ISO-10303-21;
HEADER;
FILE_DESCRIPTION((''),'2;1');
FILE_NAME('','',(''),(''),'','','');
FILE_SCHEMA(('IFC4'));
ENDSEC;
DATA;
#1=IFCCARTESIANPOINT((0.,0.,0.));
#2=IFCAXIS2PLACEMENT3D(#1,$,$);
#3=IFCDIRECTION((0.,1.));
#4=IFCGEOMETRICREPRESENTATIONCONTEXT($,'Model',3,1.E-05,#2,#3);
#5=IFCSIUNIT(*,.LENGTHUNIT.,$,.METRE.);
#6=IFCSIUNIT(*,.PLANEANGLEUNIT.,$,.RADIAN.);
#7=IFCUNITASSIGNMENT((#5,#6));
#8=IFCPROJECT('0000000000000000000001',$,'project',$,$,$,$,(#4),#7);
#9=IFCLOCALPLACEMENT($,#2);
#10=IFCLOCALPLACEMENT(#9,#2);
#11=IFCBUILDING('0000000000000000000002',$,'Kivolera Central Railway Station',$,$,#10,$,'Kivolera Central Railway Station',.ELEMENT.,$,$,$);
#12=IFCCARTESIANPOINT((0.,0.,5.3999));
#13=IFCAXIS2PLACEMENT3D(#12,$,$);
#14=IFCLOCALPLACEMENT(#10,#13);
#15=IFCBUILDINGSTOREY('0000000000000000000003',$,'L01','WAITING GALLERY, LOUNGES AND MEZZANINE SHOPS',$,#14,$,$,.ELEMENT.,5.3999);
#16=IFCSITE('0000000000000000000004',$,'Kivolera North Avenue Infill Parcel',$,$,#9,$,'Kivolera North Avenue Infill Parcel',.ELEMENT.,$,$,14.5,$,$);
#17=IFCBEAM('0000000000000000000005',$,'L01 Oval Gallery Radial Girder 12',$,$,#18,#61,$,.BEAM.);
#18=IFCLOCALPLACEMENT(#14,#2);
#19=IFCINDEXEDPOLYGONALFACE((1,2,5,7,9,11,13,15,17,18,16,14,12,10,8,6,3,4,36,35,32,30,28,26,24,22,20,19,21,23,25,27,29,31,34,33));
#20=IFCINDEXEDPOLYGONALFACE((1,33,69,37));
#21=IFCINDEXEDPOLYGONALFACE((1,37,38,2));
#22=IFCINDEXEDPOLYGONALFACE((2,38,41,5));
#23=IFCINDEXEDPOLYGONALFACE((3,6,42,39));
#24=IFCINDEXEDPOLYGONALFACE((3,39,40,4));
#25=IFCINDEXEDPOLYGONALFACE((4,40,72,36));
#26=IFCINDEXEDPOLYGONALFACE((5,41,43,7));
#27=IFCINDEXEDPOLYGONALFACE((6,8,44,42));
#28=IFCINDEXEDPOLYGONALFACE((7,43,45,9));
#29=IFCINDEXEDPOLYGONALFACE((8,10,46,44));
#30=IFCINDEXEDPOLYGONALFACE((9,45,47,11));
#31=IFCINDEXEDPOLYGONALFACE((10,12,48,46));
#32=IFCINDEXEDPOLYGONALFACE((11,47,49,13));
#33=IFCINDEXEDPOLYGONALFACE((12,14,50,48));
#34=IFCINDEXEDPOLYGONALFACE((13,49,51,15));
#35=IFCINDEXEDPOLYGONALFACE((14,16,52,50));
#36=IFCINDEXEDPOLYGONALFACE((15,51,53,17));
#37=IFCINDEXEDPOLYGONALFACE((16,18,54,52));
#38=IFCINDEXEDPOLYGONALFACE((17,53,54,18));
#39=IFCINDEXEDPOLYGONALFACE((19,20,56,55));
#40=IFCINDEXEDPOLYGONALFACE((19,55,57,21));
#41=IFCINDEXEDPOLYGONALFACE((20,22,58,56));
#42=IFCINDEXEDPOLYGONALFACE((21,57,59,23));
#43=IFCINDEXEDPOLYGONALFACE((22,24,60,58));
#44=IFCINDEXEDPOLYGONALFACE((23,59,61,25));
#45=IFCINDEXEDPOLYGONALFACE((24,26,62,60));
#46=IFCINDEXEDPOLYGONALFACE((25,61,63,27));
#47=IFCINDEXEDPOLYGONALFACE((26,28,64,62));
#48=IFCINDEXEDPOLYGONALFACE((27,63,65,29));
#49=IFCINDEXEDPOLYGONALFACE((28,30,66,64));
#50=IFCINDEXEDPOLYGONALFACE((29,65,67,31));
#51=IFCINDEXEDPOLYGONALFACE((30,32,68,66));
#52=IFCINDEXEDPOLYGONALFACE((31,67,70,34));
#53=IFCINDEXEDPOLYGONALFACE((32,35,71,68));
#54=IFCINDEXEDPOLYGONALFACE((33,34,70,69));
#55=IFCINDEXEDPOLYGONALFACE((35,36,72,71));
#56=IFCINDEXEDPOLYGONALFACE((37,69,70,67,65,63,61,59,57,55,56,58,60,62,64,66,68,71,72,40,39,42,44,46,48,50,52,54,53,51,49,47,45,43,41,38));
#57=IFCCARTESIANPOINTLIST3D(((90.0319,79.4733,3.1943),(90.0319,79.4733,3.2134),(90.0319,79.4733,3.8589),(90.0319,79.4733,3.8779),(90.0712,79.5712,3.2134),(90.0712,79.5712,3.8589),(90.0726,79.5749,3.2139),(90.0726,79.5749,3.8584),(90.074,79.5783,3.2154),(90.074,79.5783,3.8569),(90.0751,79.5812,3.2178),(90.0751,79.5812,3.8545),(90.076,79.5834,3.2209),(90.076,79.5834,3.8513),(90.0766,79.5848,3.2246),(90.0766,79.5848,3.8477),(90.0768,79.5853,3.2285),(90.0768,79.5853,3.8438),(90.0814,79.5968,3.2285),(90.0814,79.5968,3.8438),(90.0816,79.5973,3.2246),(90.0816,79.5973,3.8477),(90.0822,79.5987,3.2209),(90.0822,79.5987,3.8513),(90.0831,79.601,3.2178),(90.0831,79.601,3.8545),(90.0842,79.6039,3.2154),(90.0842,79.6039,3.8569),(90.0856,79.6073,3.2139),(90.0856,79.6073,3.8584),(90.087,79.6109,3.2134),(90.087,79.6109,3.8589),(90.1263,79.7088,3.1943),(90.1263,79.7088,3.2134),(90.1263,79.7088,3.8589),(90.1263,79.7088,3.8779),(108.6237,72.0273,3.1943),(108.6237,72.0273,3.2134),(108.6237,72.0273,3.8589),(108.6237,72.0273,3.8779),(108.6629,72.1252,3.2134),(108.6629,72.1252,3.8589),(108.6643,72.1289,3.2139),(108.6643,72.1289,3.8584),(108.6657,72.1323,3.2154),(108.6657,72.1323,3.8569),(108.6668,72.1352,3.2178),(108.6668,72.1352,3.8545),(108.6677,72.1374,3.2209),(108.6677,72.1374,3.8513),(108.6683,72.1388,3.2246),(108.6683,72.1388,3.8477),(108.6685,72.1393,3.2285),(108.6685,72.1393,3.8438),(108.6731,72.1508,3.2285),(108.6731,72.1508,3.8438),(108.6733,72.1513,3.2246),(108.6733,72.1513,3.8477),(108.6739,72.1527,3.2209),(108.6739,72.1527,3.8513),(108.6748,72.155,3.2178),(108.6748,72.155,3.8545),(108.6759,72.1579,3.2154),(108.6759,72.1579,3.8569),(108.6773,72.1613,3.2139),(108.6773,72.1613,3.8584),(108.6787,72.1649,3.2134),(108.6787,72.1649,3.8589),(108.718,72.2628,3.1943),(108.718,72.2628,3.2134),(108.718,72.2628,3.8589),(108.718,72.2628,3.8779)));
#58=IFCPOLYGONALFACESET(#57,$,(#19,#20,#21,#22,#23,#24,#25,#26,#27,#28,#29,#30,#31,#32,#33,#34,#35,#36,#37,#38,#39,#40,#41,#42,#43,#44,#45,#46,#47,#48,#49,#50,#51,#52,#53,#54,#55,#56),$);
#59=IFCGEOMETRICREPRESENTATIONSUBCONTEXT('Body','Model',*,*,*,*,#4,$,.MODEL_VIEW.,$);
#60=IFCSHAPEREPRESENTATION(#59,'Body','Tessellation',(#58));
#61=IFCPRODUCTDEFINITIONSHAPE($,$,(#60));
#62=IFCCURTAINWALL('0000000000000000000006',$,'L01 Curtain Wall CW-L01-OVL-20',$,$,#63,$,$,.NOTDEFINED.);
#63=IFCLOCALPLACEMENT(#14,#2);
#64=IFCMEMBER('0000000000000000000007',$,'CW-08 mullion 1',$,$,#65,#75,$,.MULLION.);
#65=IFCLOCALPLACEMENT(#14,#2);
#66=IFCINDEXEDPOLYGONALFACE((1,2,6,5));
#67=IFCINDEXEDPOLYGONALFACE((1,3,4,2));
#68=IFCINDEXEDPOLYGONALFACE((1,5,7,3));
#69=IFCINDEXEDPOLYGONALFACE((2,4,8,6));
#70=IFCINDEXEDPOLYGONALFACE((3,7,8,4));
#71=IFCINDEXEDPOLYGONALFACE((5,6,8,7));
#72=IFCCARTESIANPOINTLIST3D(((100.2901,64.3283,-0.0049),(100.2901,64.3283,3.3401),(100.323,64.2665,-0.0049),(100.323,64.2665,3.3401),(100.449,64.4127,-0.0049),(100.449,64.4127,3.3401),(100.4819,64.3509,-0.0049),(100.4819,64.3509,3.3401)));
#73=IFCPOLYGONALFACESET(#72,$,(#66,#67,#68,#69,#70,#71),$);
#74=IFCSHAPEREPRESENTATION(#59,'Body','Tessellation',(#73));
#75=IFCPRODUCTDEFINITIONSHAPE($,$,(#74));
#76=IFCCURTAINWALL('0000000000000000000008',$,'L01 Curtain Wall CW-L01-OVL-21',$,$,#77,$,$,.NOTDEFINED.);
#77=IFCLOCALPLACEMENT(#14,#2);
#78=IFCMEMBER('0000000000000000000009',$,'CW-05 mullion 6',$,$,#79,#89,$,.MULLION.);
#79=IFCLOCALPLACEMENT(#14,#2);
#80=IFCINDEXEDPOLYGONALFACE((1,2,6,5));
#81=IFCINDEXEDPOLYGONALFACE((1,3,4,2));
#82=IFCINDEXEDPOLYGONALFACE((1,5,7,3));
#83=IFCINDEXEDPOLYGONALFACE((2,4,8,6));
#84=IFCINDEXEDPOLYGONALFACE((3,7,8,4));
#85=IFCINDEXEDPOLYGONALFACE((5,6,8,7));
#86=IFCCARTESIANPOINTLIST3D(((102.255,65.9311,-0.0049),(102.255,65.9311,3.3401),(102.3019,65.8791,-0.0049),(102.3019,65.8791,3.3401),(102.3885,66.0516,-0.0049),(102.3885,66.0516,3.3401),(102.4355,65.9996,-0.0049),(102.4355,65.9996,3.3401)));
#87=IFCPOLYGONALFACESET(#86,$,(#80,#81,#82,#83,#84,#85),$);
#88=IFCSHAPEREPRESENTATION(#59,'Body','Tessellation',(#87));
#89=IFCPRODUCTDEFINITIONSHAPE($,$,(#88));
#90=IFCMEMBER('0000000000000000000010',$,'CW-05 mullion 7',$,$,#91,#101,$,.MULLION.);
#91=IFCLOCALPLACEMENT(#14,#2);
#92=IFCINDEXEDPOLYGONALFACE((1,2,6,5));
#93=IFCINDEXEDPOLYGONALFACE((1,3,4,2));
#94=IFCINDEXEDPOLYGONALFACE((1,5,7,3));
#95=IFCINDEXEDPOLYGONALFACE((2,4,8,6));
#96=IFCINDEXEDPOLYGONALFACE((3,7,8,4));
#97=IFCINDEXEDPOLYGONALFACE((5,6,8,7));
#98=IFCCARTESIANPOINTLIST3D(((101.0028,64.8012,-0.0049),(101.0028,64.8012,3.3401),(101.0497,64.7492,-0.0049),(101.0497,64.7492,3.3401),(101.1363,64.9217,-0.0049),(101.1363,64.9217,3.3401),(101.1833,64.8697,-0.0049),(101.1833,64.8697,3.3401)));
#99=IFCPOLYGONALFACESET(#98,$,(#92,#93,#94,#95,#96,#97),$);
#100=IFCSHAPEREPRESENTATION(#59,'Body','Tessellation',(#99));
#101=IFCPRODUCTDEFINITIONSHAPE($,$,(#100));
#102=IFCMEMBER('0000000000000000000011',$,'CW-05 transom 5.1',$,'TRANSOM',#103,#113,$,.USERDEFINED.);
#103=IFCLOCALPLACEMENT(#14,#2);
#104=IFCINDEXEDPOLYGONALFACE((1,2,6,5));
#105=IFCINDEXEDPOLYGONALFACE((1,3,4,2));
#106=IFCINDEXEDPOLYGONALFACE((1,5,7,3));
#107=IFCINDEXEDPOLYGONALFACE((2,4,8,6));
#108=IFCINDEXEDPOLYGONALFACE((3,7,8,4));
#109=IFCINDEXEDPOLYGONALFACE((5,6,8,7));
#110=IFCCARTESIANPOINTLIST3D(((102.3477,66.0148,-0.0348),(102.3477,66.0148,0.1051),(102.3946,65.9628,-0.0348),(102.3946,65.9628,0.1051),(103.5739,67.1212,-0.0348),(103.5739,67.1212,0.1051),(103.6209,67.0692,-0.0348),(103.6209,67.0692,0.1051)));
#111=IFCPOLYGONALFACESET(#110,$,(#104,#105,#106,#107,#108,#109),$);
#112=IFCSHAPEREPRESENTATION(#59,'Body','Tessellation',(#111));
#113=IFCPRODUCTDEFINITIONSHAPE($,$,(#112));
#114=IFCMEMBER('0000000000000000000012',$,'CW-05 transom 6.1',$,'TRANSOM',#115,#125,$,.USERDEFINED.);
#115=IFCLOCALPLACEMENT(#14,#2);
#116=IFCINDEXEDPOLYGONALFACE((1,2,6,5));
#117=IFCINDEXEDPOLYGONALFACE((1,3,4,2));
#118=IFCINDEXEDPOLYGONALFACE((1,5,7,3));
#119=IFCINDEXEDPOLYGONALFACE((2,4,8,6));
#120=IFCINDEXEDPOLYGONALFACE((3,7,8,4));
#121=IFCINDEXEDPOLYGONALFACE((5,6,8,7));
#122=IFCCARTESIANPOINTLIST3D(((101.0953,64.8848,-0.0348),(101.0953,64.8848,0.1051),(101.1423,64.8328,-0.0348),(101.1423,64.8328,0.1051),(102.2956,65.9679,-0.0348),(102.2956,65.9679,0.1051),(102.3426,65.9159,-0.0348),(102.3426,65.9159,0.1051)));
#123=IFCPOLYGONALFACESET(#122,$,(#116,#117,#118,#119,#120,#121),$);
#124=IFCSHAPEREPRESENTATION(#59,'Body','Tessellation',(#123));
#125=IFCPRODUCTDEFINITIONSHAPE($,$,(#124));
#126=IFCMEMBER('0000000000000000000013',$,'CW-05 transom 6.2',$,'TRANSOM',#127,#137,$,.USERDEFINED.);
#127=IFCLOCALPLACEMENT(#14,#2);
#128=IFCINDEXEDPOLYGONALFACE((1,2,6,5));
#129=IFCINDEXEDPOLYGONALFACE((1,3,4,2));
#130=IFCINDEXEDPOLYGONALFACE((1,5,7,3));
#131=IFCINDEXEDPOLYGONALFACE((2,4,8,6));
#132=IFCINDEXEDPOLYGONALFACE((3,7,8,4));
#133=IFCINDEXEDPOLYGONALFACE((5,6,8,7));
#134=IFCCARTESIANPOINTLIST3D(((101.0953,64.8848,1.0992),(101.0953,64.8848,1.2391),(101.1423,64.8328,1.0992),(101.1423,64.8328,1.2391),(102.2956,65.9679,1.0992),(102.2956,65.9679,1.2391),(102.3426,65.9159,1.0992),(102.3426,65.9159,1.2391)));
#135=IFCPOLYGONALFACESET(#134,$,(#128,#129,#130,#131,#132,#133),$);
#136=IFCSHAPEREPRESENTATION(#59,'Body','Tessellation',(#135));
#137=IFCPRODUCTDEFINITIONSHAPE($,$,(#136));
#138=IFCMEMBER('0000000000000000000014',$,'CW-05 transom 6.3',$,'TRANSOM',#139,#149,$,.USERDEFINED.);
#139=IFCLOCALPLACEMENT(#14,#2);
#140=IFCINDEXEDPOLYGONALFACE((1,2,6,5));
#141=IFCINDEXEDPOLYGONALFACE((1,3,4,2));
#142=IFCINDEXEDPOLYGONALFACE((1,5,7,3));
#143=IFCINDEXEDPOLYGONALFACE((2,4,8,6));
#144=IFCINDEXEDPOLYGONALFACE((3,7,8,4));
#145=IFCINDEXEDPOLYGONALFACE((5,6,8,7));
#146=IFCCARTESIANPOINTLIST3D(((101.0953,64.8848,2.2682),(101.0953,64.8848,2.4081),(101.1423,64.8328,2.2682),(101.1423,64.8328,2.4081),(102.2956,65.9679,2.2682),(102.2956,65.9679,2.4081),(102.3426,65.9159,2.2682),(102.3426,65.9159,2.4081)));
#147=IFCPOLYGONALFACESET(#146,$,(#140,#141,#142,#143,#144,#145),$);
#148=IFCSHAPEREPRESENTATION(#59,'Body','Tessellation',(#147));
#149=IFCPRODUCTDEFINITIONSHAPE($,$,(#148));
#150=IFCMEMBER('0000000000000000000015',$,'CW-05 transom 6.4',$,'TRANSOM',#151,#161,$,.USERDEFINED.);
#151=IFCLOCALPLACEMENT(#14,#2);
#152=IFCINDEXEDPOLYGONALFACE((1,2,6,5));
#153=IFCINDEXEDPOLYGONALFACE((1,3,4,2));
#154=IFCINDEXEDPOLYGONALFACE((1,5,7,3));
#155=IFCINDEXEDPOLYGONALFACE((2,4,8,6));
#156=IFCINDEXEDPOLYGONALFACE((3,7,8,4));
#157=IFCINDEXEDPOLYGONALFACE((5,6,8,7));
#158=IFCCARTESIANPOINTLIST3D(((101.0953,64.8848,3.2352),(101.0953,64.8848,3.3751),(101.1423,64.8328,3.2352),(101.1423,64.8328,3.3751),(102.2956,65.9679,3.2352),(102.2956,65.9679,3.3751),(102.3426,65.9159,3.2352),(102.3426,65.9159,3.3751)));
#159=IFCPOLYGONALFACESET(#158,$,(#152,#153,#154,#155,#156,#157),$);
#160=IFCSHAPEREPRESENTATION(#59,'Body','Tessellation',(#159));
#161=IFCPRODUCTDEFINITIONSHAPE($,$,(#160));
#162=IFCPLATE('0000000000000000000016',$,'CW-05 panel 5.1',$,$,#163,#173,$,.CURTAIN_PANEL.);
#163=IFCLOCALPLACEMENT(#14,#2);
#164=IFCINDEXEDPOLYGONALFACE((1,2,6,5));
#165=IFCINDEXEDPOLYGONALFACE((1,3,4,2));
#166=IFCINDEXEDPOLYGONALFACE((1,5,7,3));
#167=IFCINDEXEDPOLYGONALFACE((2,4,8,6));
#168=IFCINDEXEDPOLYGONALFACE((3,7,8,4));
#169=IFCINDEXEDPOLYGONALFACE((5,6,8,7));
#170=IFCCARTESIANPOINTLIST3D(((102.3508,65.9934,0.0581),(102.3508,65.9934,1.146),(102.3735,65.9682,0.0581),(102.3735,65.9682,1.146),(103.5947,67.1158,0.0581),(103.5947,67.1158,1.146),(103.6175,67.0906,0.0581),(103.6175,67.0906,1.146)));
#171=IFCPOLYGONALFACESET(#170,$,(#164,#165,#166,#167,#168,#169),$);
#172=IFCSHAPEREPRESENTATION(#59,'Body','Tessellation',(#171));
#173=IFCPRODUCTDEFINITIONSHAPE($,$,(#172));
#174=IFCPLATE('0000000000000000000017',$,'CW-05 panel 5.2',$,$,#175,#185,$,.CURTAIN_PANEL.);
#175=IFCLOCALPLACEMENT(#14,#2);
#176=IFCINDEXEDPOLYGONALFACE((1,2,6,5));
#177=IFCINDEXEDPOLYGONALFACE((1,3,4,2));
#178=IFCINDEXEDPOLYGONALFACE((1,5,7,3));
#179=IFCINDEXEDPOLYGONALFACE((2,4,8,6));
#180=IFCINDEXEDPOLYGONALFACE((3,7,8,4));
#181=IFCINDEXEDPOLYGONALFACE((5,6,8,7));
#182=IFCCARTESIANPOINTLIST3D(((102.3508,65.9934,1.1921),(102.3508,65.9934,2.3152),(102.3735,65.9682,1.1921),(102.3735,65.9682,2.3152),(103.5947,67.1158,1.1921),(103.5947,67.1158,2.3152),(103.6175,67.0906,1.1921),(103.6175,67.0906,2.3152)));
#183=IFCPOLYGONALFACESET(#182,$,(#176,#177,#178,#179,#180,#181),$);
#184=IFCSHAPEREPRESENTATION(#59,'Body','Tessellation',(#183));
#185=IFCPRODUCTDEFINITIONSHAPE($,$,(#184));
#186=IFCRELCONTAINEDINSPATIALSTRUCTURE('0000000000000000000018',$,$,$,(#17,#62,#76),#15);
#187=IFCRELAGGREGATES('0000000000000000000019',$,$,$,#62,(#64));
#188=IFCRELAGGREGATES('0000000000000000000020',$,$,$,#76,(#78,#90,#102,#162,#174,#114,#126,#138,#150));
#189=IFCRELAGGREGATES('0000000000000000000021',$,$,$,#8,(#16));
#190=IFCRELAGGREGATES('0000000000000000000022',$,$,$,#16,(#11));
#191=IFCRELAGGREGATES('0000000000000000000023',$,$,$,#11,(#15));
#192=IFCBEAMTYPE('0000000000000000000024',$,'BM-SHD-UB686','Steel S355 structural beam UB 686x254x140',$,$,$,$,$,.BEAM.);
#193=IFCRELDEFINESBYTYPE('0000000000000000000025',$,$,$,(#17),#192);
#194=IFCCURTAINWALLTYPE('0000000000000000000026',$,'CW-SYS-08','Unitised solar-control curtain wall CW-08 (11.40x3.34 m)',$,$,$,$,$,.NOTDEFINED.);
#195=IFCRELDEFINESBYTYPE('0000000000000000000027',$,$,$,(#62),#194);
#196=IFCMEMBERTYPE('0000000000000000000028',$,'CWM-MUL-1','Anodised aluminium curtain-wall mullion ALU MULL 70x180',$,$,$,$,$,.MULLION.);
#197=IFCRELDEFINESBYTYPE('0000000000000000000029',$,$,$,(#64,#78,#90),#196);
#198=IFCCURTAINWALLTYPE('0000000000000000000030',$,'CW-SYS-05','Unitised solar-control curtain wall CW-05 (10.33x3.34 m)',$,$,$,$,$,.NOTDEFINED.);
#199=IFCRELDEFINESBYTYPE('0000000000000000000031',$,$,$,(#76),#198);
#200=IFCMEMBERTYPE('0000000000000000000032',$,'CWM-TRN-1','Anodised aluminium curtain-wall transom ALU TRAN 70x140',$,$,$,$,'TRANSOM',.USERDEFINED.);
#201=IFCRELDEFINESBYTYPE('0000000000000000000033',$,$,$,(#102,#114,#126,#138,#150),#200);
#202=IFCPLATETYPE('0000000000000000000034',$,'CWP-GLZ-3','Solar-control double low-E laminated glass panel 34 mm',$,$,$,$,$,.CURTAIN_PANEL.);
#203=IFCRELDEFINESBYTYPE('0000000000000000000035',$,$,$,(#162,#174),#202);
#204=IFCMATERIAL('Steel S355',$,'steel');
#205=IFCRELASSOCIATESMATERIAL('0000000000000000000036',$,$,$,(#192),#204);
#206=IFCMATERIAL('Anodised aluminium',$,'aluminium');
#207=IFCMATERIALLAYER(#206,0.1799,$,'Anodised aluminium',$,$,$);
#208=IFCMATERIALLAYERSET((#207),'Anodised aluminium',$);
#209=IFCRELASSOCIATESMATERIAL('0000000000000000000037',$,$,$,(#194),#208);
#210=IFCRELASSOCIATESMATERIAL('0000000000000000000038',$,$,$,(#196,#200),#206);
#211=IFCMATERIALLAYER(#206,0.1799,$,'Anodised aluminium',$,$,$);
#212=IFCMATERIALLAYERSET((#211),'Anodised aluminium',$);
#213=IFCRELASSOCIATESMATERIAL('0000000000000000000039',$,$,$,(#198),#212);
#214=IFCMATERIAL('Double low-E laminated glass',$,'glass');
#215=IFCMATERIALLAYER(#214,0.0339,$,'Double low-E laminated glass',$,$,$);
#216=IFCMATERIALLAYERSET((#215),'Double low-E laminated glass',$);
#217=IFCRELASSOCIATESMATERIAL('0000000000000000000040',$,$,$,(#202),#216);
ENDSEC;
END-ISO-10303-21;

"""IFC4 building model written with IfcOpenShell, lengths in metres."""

from ifc_helpers import new_model, si_unit, direction, frame, origin, origin_2d, place, context, subcontext, project, spatial, rectangle, i_section, extrude, material, layer, layer_set, material_profile, profile_set, type_object, element, aggregate, save


model = new_model("IFC4")

# Units and contexts
model_context = context("Model", 3, precision=1e-05, world=origin(), true_north=direction((0.0, 1.0)))
body_context = subcontext(model_context, "Body", "Model", "MODEL_VIEW")
ifc_project = project(units=[si_unit("LENGTHUNIT", "METRE"), si_unit("PLANEANGLEUNIT", "RADIAN")], contexts=[model_context])

# Site, building, storey
site_placement = place(None, origin())
site = spatial("IfcSite", under=ifc_project, at=site_placement, Name="Kivolera North Avenue Infill Parcel", LongName="Kivolera North Avenue Infill Parcel", CompositionType="ELEMENT", RefElevation=14.5)
building_placement = place(site_placement, origin())
building = spatial("IfcBuilding", under=site, at=building_placement, Name="Kivolera Central Railway Station", LongName="Kivolera Central Railway Station", CompositionType="ELEMENT")
storey_placement = place(building_placement, frame((0.0, 0.0, 5.3999)))
storey = spatial("IfcBuildingStorey", under=building, at=storey_placement, Name="L01", Description="WAITING GALLERY, LOUNGES AND MEZZANINE SHOPS", CompositionType="ELEMENT", Elevation=5.3999)

# Beam
ifc_material_1 = material(Name="Steel S355", Category="steel")
ifc_material_profile_1 = material_profile(ifc_material_1, i_section(OverallWidth=0.2537, OverallDepth=0.6836, WebThickness=0.0125, FlangeThickness=0.019, FilletRadius=0.0151, at=origin_2d()), Name="UB 686x254x140")
ifc_profile_set_1 = profile_set([ifc_material_profile_1], Name="Steel S355")
beam_type_1 = type_object("IfcBeamType", Name="BM-SHD-UB686", Description="Steel S355 structural beam UB 686x254x140", PredefinedType="BEAM", material=ifc_profile_set_1)
beam_1_placement = place(storey_placement, frame((90.0791, 79.5911, 3.5361), z_axis=(0.928316, -0.371792, 0.0), x_axis=(0.371792, 0.928316, 0.0)))
element("IfcBeam", 1, at=beam_1_placement, inside=storey, type_object=beam_type_1, Name="L01 Oval Gallery Radial Girder 12", PredefinedType="BEAM", context=body_context, shape_type="SweptSolid", body=[
    extrude(i_section(OverallWidth=0.2537, OverallDepth=0.6836, WebThickness=0.0125, FlangeThickness=0.019, FilletRadius=0.0151, at=origin_2d()), origin(), (0.0, 0.0, 1.0), 20.0273),
])

# Curtain wall, member
ifc_material_2 = material(Name="Anodised aluminium", Category="aluminium")
ifc_layer_1 = layer(ifc_material_2, 0.1799, Name="Anodised aluminium")
ifc_layer_set_1 = layer_set([ifc_layer_1], Name="Anodised aluminium")
curtain_wall_type_1 = type_object("IfcCurtainWallType", Name="CW-SYS-08", Description="Unitised solar-control curtain wall CW-08 (11.40x3.34 m)", PredefinedType="NOTDEFINED", material=ifc_layer_set_1)
curtain_wall_1_placement = place(storey_placement, origin())
curtain_wall_1 = element("IfcCurtainWall", 2, at=curtain_wall_1_placement, inside=storey, type_object=curtain_wall_type_1, Name="L01 Curtain Wall CW-L01-OVL-20", PredefinedType="NOTDEFINED")
ifc_material_profile_2 = material_profile(ifc_material_2, rectangle(XDim=0.0701, YDim=0.1799, at=origin_2d()), Name="ALU MULL 70x180")
ifc_profile_set_2 = profile_set([ifc_material_profile_2], Name="Anodised aluminium")
member_type_1 = type_object("IfcMemberType", Name="CWM-MUL-1", Description="Anodised aluminium curtain-wall mullion ALU MULL 70x180", PredefinedType="MULLION", material=ifc_profile_set_2)
member_1_placement = place(storey_placement, frame((100.386, 64.3396, -0.0049), z_axis=(0.0, 0.0, 1.0), x_axis=(0.469053, -0.88317, 0.0)))
member_1 = element("IfcMember", 3, at=member_1_placement, type_object=member_type_1, Name="CW-08 mullion 1", PredefinedType="MULLION", context=body_context, shape_type="SweptSolid", body=[
    extrude(rectangle(XDim=0.0701, YDim=0.1799, at=origin_2d()), origin(), (0.0, 0.0, 1.0), 3.345),
])
aggregate(curtain_wall_1, [member_1])

# Curtain wall, members, plates
ifc_layer_2 = layer(ifc_material_2, 0.1799, Name="Anodised aluminium")
ifc_layer_set_2 = layer_set([ifc_layer_2], Name="Anodised aluminium")
curtain_wall_type_2 = type_object("IfcCurtainWallType", Name="CW-SYS-05", Description="Unitised solar-control curtain wall CW-05 (10.33x3.34 m)", PredefinedType="NOTDEFINED", material=ifc_layer_set_2)
curtain_wall_2_placement = place(storey_placement, origin())
curtain_wall_2 = element("IfcCurtainWall", 4, at=curtain_wall_2_placement, inside=storey, type_object=curtain_wall_type_2, Name="L01 Curtain Wall CW-L01-OVL-21", PredefinedType="NOTDEFINED")
member_2_placement = place(storey_placement, frame((102.3452, 65.9653, -0.0049), z_axis=(0.0, 0.0, 1.0), x_axis=(0.669922, -0.742432, 0.0)))
member_2 = element("IfcMember", 5, at=member_2_placement, type_object=member_type_1, Name="CW-05 mullion 6", PredefinedType="MULLION", context=body_context, shape_type="SweptSolid", body=[
    extrude(rectangle(XDim=0.0701, YDim=0.1799, at=origin_2d()), origin(), (0.0, 0.0, 1.0), 3.345),
])
member_3_placement = place(storey_placement, frame((101.093, 64.8354, -0.0049), z_axis=(0.0, 0.0, 1.0), x_axis=(0.669922, -0.742432, 0.0)))
member_3 = element("IfcMember", 6, at=member_3_placement, type_object=member_type_1, Name="CW-05 mullion 7", PredefinedType="MULLION", context=body_context, shape_type="SweptSolid", body=[
    extrude(rectangle(XDim=0.0701, YDim=0.1799, at=origin_2d()), origin(), (0.0, 0.0, 1.0), 3.345),
])
ifc_material_profile_3 = material_profile(ifc_material_2, rectangle(XDim=0.0701, YDim=0.1399, at=origin_2d()), Name="ALU TRAN 70x140")
ifc_profile_set_3 = profile_set([ifc_material_profile_3], Name="Anodised aluminium")
member_type_2 = type_object("IfcMemberType", Name="CWM-TRN-1", Description="Anodised aluminium curtain-wall transom ALU TRAN 70x140", ElementType="TRANSOM", PredefinedType="USERDEFINED", material=ifc_profile_set_3)
member_4_placement = place(storey_placement, frame((103.5974, 67.0952, 0.0352), z_axis=(-0.742463, -0.669887, 0.0), x_axis=(0.669887, -0.742463, 0.0)))
member_4 = element("IfcMember", 7, at=member_4_placement, type_object=member_type_2, Name="CW-05 transom 5.1", ObjectType="TRANSOM", PredefinedType="USERDEFINED", context=body_context, shape_type="SweptSolid", body=[
    extrude(rectangle(XDim=0.0701, YDim=0.1399, at=origin_2d()), origin(), (0.0, 0.0, 1.0), 1.6516),
])
member_5_placement = place(storey_placement, frame((102.3191, 65.9419, 0.0352), z_axis=(-0.742422, -0.669932, 0.0), x_axis=(0.669932, -0.742422, 0.0)))
member_5 = element("IfcMember", 8, at=member_5_placement, type_object=member_type_2, Name="CW-05 transom 6.1", ObjectType="TRANSOM", PredefinedType="USERDEFINED", context=body_context, shape_type="SweptSolid", body=[
    extrude(rectangle(XDim=0.0701, YDim=0.1399, at=origin_2d()), origin(), (0.0, 0.0, 1.0), 1.6167),
])
member_6_placement = place(storey_placement, frame((102.3191, 65.9419, 1.1692), z_axis=(-0.742422, -0.669932, 0.0), x_axis=(0.669932, -0.742422, 0.0)))
member_6 = element("IfcMember", 9, at=member_6_placement, type_object=member_type_2, Name="CW-05 transom 6.2", ObjectType="TRANSOM", PredefinedType="USERDEFINED", context=body_context, shape_type="SweptSolid", body=[
    extrude(rectangle(XDim=0.0701, YDim=0.1399, at=origin_2d()), origin(), (0.0, 0.0, 1.0), 1.6167),
])
member_7_placement = place(storey_placement, frame((102.3191, 65.9419, 2.3381), z_axis=(-0.742422, -0.669932, 0.0), x_axis=(0.669932, -0.742422, 0.0)))
member_7 = element("IfcMember", 10, at=member_7_placement, type_object=member_type_2, Name="CW-05 transom 6.3", ObjectType="TRANSOM", PredefinedType="USERDEFINED", context=body_context, shape_type="SweptSolid", body=[
    extrude(rectangle(XDim=0.0701, YDim=0.1399, at=origin_2d()), origin(), (0.0, 0.0, 1.0), 1.6167),
])
member_8_placement = place(storey_placement, frame((102.3191, 65.9419, 3.3052), z_axis=(-0.742422, -0.669932, 0.0), x_axis=(0.669932, -0.742422, 0.0)))
member_8 = element("IfcMember", 11, at=member_8_placement, type_object=member_type_2, Name="CW-05 transom 6.4", ObjectType="TRANSOM", PredefinedType="USERDEFINED", context=body_context, shape_type="SweptSolid", body=[
    extrude(rectangle(XDim=0.0701, YDim=0.1399, at=origin_2d()), origin(), (0.0, 0.0, 1.0), 1.6167),
])
ifc_material_3 = material(Name="Double low-E laminated glass", Category="glass")
ifc_layer_3 = layer(ifc_material_3, 0.0339, Name="Double low-E laminated glass")
ifc_layer_set_3 = layer_set([ifc_layer_3], Name="Double low-E laminated glass")
plate_type = type_object("IfcPlateType", Name="CWP-GLZ-3", Description="Solar-control double low-E laminated glass panel 34 mm", PredefinedType="CURTAIN_PANEL", material=ifc_layer_set_3)
plate_1_placement = place(storey_placement, frame((102.9841, 66.542, 0.0581), z_axis=(0.0, 0.0, 1.0), x_axis=(-0.742432, -0.669922, 0.0)))
plate_1 = element("IfcPlate", 12, at=plate_1_placement, type_object=plate_type, Name="CW-05 panel 5.1", PredefinedType="CURTAIN_PANEL", context=body_context, shape_type="SweptSolid", body=[
    extrude(rectangle(XDim=1.6755, YDim=0.0339, at=origin_2d()), origin(), (0.0, 0.0, 1.0), 1.0879),
])
plate_2_placement = place(storey_placement, frame((102.9841, 66.542, 1.1921), z_axis=(0.0, 0.0, 1.0), x_axis=(-0.742432, -0.669922, 0.0)))
plate_2 = element("IfcPlate", 13, at=plate_2_placement, type_object=plate_type, Name="CW-05 panel 5.2", PredefinedType="CURTAIN_PANEL", context=body_context, shape_type="SweptSolid", body=[
    extrude(rectangle(XDim=1.6755, YDim=0.0339, at=origin_2d()), origin(), (0.0, 0.0, 1.0), 1.123),
])
aggregate(curtain_wall_2, [member_2, member_3, member_4, plate_1, plate_2, member_5, member_6, member_7, member_8])

save(model, "model.ifc")
